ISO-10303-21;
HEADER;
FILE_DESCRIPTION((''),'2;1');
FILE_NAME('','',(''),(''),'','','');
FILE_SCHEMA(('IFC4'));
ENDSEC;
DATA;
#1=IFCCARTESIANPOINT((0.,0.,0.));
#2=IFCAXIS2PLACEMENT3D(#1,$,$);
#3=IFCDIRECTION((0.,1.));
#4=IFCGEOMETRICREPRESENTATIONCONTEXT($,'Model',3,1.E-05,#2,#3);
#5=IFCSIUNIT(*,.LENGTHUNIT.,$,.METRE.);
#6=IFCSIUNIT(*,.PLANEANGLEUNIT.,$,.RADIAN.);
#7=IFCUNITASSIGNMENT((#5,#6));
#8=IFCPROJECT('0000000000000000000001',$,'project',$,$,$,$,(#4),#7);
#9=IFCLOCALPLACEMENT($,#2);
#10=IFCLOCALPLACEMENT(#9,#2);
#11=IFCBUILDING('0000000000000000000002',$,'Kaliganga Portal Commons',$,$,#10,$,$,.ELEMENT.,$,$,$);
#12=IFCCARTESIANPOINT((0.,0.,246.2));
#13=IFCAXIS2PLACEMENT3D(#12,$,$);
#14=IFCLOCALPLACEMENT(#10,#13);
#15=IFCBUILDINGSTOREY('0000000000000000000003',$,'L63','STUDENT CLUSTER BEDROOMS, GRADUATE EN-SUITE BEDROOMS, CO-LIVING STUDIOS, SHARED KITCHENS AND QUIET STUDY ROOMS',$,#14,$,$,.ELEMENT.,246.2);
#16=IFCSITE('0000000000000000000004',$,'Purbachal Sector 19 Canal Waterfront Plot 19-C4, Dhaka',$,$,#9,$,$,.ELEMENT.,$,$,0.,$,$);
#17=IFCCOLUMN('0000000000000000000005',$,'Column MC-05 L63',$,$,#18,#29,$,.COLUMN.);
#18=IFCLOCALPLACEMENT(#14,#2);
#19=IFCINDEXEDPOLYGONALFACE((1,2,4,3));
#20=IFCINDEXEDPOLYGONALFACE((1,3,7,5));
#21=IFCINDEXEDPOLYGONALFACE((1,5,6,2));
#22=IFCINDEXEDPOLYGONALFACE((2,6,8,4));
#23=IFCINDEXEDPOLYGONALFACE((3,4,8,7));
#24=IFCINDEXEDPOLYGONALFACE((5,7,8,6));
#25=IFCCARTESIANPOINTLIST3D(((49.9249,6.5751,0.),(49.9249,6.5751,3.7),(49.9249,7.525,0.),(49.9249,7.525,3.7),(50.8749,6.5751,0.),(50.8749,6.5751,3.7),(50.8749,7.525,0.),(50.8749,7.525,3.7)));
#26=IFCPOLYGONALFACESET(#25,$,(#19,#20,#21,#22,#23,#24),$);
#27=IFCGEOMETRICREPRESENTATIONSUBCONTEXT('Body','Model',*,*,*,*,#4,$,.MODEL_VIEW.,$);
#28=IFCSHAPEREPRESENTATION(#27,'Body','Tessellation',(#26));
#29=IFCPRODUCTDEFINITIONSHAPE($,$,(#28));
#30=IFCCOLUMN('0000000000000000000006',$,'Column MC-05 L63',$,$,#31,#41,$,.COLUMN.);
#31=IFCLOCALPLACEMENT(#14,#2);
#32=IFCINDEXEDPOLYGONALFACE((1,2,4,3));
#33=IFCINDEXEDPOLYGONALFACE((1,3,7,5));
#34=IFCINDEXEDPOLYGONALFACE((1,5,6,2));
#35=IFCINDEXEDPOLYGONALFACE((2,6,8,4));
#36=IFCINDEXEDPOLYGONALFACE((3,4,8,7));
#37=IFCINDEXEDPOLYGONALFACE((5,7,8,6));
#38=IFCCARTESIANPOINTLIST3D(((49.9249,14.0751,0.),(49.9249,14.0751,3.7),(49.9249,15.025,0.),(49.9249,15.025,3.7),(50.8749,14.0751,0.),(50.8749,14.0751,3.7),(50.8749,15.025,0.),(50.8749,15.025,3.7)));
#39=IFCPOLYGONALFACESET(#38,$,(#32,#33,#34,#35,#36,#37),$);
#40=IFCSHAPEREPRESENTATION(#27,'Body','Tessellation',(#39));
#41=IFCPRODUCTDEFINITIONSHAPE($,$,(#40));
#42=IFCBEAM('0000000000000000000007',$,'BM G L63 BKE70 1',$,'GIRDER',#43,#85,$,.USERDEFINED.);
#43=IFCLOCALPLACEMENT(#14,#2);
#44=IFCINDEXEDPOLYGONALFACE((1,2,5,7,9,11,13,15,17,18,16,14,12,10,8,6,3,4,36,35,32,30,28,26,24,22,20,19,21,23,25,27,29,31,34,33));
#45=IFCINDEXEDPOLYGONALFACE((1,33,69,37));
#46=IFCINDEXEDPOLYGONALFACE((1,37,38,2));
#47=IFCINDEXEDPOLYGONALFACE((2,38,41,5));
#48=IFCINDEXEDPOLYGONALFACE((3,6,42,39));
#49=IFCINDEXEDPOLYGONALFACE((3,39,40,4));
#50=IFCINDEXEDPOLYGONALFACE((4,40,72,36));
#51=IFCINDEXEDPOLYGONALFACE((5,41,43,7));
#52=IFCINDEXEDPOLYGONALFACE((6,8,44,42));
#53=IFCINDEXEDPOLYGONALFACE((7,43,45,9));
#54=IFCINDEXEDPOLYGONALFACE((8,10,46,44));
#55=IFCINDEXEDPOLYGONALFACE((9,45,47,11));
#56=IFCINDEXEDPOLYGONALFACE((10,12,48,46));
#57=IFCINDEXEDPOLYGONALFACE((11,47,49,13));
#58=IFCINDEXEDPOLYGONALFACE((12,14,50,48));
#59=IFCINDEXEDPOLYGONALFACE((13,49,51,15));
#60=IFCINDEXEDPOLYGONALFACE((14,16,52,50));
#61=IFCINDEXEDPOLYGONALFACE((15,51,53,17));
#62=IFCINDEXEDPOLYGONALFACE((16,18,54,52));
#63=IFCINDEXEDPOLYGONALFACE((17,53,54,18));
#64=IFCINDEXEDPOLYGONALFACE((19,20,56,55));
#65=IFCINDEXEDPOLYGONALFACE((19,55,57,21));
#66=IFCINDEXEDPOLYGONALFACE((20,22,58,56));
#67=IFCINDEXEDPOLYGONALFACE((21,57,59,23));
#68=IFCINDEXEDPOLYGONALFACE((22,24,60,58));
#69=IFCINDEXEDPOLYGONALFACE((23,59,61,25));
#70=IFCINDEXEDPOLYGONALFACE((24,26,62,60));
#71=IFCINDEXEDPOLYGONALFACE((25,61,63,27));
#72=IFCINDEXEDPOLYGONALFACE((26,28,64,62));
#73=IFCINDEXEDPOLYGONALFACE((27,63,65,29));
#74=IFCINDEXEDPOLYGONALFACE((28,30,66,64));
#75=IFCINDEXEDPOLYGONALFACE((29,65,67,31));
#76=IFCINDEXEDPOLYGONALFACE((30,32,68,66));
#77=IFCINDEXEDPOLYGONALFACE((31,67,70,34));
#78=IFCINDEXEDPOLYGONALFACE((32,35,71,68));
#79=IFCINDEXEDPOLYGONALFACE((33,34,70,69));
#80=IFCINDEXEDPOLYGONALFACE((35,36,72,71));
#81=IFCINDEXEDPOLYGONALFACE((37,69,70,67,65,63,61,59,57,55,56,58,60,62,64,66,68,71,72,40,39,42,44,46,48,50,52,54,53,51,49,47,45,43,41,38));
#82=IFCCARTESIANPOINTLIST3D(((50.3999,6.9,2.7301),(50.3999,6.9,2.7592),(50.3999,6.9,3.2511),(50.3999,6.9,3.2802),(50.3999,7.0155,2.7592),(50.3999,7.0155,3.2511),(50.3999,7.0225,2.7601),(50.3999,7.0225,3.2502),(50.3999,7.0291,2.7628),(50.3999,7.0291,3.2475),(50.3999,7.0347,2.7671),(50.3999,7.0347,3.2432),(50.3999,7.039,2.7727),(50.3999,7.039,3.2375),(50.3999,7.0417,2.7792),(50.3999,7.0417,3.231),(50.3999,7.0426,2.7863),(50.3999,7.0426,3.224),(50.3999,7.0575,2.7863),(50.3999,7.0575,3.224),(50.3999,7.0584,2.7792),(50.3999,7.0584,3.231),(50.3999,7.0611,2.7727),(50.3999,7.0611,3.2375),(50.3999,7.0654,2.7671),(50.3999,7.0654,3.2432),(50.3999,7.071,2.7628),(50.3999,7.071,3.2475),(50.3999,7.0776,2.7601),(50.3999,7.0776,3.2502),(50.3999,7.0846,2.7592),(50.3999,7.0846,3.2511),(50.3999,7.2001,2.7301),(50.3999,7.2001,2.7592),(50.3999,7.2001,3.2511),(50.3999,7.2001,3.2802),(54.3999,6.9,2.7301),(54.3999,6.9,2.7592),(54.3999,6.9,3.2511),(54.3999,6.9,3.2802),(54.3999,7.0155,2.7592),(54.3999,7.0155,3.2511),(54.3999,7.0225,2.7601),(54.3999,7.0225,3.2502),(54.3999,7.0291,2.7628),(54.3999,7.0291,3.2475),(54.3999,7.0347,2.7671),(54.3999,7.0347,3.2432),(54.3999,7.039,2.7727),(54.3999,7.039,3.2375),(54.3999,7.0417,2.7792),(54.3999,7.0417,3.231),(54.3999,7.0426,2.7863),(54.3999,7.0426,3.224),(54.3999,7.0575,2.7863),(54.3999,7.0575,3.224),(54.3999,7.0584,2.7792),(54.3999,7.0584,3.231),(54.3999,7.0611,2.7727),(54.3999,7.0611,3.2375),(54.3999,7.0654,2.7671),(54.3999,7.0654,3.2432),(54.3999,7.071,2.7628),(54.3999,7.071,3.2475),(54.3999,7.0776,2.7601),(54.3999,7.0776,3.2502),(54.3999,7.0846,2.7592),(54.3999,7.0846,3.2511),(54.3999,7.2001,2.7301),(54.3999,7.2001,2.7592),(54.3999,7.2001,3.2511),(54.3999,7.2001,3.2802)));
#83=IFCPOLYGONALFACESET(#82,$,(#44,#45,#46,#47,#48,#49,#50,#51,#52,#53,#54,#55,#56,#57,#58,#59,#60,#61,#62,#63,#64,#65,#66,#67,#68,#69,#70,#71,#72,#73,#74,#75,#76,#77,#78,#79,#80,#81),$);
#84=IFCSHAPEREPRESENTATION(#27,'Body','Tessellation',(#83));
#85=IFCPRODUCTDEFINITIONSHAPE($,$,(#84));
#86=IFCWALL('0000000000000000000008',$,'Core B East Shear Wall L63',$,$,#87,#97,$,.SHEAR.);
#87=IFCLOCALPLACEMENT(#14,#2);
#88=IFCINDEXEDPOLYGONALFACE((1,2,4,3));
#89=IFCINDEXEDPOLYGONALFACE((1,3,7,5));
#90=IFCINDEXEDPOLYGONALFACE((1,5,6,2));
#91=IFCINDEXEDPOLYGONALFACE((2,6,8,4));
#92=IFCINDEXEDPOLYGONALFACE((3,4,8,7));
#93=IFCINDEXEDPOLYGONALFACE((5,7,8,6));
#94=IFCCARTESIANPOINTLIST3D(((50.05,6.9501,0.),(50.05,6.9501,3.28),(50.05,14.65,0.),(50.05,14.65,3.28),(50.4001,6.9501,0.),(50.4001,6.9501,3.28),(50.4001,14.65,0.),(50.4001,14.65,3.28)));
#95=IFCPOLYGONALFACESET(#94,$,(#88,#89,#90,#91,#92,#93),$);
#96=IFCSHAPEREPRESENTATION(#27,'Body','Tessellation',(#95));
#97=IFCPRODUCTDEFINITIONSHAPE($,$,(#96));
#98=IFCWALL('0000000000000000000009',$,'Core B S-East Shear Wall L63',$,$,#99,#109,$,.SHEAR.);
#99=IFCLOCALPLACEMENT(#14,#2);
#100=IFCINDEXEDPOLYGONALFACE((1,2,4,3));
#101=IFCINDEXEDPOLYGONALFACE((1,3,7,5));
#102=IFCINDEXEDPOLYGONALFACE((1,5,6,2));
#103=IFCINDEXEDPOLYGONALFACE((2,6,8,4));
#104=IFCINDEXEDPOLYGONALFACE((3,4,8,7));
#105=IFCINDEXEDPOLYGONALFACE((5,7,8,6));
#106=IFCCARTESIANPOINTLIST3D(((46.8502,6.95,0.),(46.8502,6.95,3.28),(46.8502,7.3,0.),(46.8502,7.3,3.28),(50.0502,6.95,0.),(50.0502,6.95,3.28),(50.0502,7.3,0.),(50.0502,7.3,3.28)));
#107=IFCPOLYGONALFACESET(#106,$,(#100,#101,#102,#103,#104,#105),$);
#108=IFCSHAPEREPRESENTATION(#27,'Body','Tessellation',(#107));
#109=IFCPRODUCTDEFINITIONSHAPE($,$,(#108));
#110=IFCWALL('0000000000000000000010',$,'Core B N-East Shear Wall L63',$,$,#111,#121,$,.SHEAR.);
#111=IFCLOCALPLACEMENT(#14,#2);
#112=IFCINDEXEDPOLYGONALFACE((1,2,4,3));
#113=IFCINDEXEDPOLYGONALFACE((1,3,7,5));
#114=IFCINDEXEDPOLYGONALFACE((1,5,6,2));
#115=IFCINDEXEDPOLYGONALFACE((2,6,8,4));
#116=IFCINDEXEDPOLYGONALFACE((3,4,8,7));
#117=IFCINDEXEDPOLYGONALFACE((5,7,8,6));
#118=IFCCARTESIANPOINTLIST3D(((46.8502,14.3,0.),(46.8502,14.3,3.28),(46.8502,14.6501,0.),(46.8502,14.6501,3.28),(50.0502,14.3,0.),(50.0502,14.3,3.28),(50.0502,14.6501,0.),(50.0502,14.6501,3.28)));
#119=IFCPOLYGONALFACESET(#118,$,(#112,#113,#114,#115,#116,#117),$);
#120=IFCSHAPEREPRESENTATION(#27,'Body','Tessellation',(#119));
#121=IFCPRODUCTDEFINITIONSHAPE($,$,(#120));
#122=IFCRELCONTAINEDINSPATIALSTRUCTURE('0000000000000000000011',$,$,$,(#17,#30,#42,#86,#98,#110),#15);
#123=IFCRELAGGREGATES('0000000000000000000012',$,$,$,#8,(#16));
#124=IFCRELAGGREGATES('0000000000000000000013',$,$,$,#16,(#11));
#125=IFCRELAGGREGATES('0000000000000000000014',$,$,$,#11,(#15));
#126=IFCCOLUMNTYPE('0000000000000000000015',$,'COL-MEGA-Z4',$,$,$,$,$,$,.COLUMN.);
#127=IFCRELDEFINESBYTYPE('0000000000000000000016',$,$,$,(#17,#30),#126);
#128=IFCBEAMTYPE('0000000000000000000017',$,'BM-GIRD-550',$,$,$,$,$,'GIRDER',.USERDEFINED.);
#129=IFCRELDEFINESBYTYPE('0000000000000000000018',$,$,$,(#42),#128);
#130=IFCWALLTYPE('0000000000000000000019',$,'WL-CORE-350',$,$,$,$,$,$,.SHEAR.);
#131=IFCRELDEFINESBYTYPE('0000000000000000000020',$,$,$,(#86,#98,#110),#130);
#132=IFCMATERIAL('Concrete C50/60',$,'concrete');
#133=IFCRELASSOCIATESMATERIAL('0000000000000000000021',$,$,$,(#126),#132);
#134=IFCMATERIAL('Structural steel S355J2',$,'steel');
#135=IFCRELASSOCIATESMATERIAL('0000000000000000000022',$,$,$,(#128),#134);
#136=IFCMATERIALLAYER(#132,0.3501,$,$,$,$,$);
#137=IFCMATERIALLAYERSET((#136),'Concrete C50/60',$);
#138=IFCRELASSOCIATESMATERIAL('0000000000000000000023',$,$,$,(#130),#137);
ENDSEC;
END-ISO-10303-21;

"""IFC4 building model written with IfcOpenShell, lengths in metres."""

from ifc_helpers import new_model, si_unit, direction, frame, frame_2d, origin, origin_2d, place, context, subcontext, project, spatial, rectangle, i_section, extrude, source, transform, mapped, material, layer, layer_set, material_profile, profile_set, type_object, element, save


model = new_model("IFC4")

# Units and contexts
model_context = context("Model", 3, precision=1e-05, world=origin(), true_north=direction((0.0, 1.0)))
body_context = subcontext(model_context, "Body", "Model", "MODEL_VIEW")
ifc_project = project(units=[si_unit("LENGTHUNIT", "METRE"), si_unit("PLANEANGLEUNIT", "RADIAN")], contexts=[model_context])

# Site, building, storey
site_placement = place(None, origin())
site = spatial("IfcSite", under=ifc_project, at=site_placement, Name="Purbachal Sector 19 Canal Waterfront Plot 19-C4, Dhaka", CompositionType="ELEMENT", RefElevation=0.0)
building_placement = place(site_placement, origin())
building = spatial("IfcBuilding", under=site, at=building_placement, Name="Kaliganga Portal Commons", CompositionType="ELEMENT")
storey_placement = place(building_placement, frame((0.0, 0.0, 246.2)))
storey = spatial("IfcBuildingStorey", under=building, at=storey_placement, Name="L63", Description="STUDENT CLUSTER BEDROOMS, GRADUATE EN-SUITE BEDROOMS, CO-LIVING STUDIOS, SHARED KITCHENS AND QUIET STUDY ROOMS", CompositionType="ELEMENT", Elevation=246.2)

# Columns
ifc_material_1 = material(Name="Concrete C50/60", Category="concrete")
ifc_material_profile_1 = material_profile(ifc_material_1, rectangle(XDim=0.95, YDim=0.95, at=origin_2d()), Name="RC 950x950")
ifc_profile_set_1 = profile_set([ifc_material_profile_1], Name="Concrete C50/60")
column_type = type_object("IfcColumnType", Name="COL-MEGA-Z4", PredefinedType="COLUMN", material=ifc_profile_set_1)
shared_shape_1 = source(origin(), body_context, "Body", "SweptSolid", [
    extrude(rectangle(XDim=0.95, YDim=0.95, at=origin_2d()), origin(), (0.0, 0.0, 1.0), 3.7),
])
for number, where, z_axis, x_axis, name in (
    (1, (50.3999, 7.05, 0.0), (0.0, 0.0, 1.0), (1.0, 0.0, 0.0), "Column MC-05 L63"),
    (2, (50.3999, 14.55, 0.0), (0.0, 0.0, 1.0), (1.0, 0.0, 0.0), "Column MC-05 L63"),
):
    element("IfcColumn", number, at=place(storey_placement, frame(where, z_axis=z_axis, x_axis=x_axis)), inside=storey, type_object=column_type, Name=name, PredefinedType="COLUMN", context=body_context, shape_type="MappedRepresentation", body=[
        mapped(shared_shape_1, transform((0.0, 0.0, 0.0), x_axis=(1.0, 0.0, 0.0), y_axis=(0.0, 1.0, 0.0), z_axis=(0.0, 0.0, 1.0), scale=1.0)),
    ])

# Beam
ifc_material_2 = material(Name="Structural steel S355J2", Category="steel")
ifc_material_profile_2 = material_profile(ifc_material_2, i_section(OverallWidth=0.3, OverallDepth=0.55, WebThickness=0.0149, FlangeThickness=0.0291, FilletRadius=0.0271, at=origin_2d()), Name="HE 550 B")
ifc_profile_set_2 = profile_set([ifc_material_profile_2], Name="Structural steel S355J2 wide-flange")
beam_type = type_object("IfcBeamType", Name="BM-GIRD-550", ElementType="GIRDER", PredefinedType="USERDEFINED", material=ifc_profile_set_2)
shared_shape_2 = source(origin(), body_context, "Body", "SweptSolid", [
    extrude(i_section(OverallWidth=0.3, OverallDepth=0.55, WebThickness=0.0149, FlangeThickness=0.0291, FilletRadius=0.0271, at=origin_2d()), origin(), (0.0, 0.0, 1.0), 4.0),
])
beam_placement = place(storey_placement, frame((50.3999, 7.05, 3.0051), z_axis=(1.0, 0.0, 0.0), x_axis=(0.0, 1.0, 0.0)))
element("IfcBeam", 3, at=beam_placement, inside=storey, type_object=beam_type, Name="BM G L63 BKE70 1", ObjectType="GIRDER", PredefinedType="USERDEFINED", context=body_context, shape_type="MappedRepresentation", body=[
    mapped(shared_shape_2, transform((0.0, 0.0, 0.0), x_axis=(1.0, 0.0, 0.0), y_axis=(0.0, 1.0, 0.0), z_axis=(0.0, 0.0, 1.0), scale=1.0)),
])

# Walls
ifc_layer_1 = layer(ifc_material_1, 0.3501)
ifc_layer_set_1 = layer_set([ifc_layer_1], Name="Concrete C50/60")
wall_type_1 = type_object("IfcWallType", Name="WL-CORE-350", PredefinedType="SHEAR", material=ifc_layer_set_1)
wall_1_placement = place(storey_placement, frame((50.2251, 6.95, 0.0), z_axis=(0.0, 0.0, 1.0), x_axis=(0.0, 1.0, 0.0)))
element("IfcWall", 4, at=wall_1_placement, inside=storey, type_object=wall_type_1, Name="Core B East Shear Wall L63", PredefinedType="SHEAR", context=body_context, shape_type="SweptSolid", body=[
    extrude(rectangle(XDim=7.7, YDim=0.3501, at=frame_2d((3.8501, 0.0))), origin(), (0.0, 0.0, 1.0), 3.28),
])
for number, where, z_axis, x_axis, name in (
    (5, (46.8501, 7.125, 0.0), (0.0, 0.0, 1.0), (1.0, 0.0, 0.0), "Core B S-East Shear Wall L63"),
    (6, (46.8501, 14.4751, 0.0), (0.0, 0.0, 1.0), (1.0, 0.0, 0.0), "Core B N-East Shear Wall L63"),
):
    element("IfcWall", number, at=place(storey_placement, frame(where, z_axis=z_axis, x_axis=x_axis)), inside=storey, type_object=wall_type_1, Name=name, PredefinedType="SHEAR", context=body_context, shape_type="SweptSolid", body=[
        extrude(rectangle(XDim=3.2, YDim=0.3501, at=frame_2d((1.6001, 0.0))), origin(), (0.0, 0.0, 1.0), 3.28),
    ])

save(model, "model.ifc")
